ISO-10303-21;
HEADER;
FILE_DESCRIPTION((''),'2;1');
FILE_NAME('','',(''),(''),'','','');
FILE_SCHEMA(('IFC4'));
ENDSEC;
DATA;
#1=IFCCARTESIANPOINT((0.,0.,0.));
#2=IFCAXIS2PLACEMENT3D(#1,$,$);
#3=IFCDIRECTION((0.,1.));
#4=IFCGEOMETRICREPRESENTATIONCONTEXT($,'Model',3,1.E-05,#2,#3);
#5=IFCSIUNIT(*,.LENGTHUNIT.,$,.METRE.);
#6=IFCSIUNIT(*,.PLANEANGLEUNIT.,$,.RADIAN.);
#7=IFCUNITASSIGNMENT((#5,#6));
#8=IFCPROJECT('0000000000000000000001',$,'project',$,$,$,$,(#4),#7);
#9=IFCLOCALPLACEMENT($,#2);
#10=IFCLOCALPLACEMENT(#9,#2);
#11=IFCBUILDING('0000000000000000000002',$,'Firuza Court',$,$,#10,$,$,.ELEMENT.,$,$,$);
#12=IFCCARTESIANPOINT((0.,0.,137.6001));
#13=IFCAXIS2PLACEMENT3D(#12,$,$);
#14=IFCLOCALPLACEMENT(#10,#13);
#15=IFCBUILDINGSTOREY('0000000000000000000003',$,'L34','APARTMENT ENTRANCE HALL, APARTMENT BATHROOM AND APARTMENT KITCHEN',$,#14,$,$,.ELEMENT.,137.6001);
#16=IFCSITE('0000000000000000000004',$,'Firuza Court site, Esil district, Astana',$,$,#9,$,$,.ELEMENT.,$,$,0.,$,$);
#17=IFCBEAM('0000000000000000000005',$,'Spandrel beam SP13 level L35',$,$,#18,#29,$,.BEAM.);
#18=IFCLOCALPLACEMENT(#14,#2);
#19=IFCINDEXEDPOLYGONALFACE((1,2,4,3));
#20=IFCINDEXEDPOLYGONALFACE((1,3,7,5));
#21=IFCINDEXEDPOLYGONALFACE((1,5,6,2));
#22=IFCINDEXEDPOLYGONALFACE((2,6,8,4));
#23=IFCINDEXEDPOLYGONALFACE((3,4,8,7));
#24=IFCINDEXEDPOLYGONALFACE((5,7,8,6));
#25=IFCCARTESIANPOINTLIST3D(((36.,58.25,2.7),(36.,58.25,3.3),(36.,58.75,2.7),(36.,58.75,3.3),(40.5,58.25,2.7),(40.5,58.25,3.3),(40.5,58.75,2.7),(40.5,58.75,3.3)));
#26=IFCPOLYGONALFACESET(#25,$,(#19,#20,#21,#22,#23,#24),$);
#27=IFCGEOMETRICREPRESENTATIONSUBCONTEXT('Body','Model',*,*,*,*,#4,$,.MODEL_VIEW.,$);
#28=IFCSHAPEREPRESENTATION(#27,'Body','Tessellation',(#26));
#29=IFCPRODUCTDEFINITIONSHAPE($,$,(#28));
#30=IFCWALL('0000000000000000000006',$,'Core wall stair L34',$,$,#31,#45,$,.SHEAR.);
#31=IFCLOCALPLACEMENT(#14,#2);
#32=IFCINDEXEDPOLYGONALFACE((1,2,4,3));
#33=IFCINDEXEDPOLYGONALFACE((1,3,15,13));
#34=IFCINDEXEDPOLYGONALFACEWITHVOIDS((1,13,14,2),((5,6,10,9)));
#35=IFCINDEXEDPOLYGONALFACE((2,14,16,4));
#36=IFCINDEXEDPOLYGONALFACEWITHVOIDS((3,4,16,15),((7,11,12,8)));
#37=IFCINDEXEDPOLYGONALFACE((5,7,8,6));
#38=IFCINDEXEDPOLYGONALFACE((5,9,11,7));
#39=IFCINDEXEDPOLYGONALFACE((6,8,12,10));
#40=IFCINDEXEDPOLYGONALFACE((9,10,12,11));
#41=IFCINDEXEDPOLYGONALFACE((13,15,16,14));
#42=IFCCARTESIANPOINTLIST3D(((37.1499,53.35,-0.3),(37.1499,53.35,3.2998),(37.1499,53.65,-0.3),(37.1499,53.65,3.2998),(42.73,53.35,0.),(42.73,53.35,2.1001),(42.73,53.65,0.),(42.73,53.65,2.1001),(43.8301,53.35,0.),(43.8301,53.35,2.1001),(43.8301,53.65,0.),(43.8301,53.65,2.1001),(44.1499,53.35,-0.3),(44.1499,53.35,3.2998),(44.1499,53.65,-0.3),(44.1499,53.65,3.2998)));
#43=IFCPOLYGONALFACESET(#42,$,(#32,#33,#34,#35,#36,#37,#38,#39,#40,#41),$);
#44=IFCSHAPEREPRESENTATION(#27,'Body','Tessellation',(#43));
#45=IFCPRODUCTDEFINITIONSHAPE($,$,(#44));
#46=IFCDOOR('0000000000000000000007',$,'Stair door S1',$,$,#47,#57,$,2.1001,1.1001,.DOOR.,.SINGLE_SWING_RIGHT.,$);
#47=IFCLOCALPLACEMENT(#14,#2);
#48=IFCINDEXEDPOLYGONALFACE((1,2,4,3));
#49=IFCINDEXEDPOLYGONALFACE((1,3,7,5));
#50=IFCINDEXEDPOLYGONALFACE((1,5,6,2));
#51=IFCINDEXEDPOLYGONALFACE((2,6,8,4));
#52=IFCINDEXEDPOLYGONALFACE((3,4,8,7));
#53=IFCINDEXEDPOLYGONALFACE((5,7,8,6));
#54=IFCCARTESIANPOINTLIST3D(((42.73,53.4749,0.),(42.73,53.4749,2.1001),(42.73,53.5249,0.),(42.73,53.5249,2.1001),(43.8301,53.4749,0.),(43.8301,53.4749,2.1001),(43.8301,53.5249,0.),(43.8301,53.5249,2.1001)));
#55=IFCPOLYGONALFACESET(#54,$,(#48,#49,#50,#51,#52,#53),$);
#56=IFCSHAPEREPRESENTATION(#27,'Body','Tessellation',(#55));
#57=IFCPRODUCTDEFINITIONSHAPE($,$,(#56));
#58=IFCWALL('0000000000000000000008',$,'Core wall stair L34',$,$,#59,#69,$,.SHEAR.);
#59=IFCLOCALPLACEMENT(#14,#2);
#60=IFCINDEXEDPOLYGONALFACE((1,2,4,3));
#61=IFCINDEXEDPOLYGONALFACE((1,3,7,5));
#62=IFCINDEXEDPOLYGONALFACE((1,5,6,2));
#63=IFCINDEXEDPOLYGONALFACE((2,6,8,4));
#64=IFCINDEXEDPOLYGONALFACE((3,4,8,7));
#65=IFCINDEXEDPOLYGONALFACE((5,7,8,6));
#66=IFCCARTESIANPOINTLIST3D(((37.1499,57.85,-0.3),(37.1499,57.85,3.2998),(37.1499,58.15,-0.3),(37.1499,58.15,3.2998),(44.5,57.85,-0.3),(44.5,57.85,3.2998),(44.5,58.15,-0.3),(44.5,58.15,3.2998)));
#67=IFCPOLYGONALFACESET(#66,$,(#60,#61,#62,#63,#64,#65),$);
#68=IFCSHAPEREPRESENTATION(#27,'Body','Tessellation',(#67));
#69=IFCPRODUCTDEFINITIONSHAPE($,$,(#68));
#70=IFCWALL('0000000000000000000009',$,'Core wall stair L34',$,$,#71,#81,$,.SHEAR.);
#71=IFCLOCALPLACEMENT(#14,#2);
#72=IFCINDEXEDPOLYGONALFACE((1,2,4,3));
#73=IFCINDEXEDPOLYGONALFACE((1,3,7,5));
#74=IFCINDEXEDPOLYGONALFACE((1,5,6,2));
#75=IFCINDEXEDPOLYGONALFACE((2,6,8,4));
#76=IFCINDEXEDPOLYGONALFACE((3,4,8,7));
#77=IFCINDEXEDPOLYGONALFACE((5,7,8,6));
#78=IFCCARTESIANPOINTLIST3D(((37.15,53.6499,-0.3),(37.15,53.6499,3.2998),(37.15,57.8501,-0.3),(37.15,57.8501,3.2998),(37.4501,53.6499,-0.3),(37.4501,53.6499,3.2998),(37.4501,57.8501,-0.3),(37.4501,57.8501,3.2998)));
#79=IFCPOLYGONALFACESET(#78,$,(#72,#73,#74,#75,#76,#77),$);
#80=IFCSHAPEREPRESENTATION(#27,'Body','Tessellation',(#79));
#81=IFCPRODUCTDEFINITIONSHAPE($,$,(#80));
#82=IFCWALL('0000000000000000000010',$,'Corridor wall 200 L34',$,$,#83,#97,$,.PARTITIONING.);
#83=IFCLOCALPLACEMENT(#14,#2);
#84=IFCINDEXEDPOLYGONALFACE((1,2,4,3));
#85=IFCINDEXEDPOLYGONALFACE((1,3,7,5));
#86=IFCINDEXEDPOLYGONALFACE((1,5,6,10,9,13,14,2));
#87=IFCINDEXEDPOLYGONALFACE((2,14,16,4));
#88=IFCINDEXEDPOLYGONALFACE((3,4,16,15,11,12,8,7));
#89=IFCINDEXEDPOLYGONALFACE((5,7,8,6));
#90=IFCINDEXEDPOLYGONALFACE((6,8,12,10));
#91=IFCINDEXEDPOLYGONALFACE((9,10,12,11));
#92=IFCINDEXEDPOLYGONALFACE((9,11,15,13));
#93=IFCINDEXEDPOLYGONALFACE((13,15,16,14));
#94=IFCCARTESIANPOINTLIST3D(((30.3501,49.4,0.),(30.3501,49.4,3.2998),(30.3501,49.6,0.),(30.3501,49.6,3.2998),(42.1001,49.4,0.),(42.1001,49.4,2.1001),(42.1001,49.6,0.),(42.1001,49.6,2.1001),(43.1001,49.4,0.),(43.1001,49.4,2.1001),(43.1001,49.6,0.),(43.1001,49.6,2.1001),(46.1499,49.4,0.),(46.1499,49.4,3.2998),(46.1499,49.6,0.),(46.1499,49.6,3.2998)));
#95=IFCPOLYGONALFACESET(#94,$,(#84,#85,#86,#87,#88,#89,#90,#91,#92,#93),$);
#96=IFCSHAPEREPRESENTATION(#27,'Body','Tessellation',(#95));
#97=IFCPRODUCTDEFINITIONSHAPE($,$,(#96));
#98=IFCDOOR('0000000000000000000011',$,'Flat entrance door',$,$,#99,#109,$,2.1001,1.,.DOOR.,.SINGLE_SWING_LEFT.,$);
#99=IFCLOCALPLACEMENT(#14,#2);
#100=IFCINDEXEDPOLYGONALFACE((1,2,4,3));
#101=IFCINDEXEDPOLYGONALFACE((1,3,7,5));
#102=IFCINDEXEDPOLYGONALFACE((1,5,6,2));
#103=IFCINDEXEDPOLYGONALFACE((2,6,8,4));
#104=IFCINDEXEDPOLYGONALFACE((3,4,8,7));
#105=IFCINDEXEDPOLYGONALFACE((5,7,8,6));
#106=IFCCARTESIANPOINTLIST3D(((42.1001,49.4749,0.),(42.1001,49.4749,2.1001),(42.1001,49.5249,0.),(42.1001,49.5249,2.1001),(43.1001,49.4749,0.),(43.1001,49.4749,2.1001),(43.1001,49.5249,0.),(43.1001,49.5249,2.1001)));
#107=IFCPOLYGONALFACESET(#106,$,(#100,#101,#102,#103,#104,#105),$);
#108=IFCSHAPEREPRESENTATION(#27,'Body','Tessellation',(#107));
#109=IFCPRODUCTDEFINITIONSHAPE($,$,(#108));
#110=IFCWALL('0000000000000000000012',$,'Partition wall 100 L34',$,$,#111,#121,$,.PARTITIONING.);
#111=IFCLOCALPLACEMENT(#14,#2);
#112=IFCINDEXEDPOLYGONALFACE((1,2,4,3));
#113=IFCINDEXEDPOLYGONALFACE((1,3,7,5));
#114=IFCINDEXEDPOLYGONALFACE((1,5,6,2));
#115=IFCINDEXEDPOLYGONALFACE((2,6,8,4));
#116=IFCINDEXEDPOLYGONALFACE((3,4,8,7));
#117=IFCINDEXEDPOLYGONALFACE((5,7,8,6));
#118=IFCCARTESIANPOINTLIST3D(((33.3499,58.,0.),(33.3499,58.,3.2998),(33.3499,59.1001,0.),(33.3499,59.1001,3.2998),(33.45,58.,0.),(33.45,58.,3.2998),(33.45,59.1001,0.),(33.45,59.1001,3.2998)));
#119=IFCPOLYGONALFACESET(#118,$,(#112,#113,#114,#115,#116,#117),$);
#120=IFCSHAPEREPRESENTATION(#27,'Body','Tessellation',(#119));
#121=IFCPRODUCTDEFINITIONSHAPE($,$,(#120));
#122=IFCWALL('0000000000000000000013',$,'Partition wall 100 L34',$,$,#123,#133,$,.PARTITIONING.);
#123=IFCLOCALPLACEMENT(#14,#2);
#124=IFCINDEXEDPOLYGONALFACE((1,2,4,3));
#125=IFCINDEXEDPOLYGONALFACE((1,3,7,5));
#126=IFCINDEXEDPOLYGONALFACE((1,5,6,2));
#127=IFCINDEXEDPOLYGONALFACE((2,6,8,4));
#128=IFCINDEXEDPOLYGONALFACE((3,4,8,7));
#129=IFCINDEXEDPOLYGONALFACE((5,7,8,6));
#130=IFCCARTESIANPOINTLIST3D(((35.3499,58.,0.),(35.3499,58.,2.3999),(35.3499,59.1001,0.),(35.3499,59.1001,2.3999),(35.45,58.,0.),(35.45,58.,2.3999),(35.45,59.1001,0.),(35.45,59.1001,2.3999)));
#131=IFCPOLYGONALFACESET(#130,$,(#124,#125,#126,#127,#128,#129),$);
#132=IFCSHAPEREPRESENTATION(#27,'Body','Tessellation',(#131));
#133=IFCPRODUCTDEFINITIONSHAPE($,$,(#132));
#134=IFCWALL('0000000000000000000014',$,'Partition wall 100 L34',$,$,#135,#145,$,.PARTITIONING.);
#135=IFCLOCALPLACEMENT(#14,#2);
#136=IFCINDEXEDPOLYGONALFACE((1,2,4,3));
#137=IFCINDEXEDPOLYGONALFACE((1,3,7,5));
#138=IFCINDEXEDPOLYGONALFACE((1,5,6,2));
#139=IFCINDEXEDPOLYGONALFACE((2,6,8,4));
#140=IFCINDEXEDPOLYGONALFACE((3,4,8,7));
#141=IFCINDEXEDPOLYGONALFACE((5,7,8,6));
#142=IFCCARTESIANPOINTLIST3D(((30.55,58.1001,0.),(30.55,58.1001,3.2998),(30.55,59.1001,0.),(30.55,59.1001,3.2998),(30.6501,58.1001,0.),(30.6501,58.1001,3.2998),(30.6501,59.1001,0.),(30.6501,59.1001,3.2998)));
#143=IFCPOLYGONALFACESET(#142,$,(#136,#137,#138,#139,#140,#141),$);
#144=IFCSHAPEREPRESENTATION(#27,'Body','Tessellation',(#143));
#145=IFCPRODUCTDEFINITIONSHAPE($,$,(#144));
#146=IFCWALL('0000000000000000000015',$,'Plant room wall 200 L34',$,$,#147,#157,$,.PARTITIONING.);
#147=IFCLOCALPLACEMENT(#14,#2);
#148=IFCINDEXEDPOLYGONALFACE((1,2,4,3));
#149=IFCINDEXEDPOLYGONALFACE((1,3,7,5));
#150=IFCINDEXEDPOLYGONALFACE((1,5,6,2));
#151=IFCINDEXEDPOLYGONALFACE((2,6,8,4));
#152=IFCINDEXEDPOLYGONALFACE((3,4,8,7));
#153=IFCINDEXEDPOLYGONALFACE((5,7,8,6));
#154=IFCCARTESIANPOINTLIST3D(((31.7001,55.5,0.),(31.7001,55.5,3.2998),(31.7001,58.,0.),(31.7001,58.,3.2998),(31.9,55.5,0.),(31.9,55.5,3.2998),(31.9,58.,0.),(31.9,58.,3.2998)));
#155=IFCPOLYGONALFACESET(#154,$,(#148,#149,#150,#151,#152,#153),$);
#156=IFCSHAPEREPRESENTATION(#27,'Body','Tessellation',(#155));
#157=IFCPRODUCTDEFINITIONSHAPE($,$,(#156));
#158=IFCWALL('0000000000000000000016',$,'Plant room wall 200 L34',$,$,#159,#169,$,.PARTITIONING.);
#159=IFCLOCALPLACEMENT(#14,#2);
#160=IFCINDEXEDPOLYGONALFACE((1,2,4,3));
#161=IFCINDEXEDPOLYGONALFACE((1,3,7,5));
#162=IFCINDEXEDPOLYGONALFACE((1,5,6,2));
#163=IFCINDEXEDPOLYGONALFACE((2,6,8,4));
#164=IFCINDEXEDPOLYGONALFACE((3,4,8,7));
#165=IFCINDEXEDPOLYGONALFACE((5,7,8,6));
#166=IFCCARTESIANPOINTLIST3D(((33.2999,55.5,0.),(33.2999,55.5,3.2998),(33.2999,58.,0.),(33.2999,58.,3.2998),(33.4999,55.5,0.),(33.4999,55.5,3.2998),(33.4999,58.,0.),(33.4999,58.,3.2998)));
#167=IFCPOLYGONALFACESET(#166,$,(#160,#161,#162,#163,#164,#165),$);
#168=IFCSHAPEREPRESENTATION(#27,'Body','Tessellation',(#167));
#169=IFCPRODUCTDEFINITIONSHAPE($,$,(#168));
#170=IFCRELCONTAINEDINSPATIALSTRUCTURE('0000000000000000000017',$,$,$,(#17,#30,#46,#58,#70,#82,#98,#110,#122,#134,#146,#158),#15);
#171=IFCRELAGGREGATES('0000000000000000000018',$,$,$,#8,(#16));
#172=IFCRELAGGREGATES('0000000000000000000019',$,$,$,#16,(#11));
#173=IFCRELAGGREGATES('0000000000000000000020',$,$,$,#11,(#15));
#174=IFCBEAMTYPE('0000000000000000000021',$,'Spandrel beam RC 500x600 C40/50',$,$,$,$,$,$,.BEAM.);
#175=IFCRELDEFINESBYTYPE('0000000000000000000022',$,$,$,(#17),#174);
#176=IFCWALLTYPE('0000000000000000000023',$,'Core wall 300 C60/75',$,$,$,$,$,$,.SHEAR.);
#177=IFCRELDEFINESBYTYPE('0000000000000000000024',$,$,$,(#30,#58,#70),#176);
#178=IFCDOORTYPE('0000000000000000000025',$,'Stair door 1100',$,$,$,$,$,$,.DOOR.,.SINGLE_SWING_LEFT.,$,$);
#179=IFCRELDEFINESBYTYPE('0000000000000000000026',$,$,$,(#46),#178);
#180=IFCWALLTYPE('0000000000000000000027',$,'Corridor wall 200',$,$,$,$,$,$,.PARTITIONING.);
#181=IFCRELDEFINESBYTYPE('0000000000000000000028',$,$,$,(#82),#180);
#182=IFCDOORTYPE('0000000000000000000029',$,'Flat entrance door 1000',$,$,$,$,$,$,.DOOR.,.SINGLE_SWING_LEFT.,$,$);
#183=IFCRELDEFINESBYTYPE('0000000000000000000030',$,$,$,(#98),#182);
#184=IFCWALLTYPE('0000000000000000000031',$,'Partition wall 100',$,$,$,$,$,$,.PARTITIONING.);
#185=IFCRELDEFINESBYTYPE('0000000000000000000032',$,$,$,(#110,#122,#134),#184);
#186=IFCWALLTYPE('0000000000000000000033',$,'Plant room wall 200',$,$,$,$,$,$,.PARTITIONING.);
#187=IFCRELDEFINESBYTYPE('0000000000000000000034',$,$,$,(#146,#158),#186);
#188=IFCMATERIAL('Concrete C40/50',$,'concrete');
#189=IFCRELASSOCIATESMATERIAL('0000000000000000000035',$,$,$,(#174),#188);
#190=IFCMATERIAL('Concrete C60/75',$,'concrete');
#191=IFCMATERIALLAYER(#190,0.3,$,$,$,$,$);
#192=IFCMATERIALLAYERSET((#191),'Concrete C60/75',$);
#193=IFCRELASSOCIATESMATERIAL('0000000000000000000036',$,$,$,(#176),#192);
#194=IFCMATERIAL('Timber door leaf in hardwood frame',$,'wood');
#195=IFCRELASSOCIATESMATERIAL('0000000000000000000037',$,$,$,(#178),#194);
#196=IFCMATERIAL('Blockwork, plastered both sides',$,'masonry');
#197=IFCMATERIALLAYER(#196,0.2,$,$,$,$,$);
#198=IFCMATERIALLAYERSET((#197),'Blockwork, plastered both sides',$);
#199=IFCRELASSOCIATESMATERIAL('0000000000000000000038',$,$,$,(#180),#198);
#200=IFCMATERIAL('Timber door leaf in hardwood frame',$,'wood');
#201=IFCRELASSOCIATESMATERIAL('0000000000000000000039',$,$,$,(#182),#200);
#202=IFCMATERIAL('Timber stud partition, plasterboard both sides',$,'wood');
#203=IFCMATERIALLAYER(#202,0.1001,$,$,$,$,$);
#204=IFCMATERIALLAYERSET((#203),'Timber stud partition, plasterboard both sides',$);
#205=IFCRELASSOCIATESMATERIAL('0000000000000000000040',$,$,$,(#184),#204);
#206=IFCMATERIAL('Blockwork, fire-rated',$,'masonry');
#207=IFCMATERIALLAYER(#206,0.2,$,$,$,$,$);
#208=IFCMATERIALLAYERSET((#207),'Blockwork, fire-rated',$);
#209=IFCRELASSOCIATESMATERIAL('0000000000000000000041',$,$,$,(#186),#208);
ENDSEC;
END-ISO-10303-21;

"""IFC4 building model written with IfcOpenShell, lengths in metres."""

from ifc_helpers import new_model, si_unit, direction, frame, frame_2d, origin, origin_2d, place, context, subcontext, project, spatial, rectangle, extrude, material, layer, layer_set, material_profile, profile_set, type_object, element, fill, save


model = new_model("IFC4")

# Units and contexts
model_context = context("Model", 3, precision=1e-05, world=origin(), true_north=direction((0.0, 1.0)))
body_context = subcontext(model_context, "Body", "Model", "MODEL_VIEW")
ifc_project = project(units=[si_unit("LENGTHUNIT", "METRE"), si_unit("PLANEANGLEUNIT", "RADIAN")], contexts=[model_context])

# Site, building, storey
site_placement = place(None, origin())
site = spatial("IfcSite", under=ifc_project, at=site_placement, Name="Firuza Court site, Esil district, Astana", CompositionType="ELEMENT", RefElevation=0.0)
building_placement = place(site_placement, origin())
building = spatial("IfcBuilding", under=site, at=building_placement, Name="Firuza Court", CompositionType="ELEMENT")
storey_placement = place(building_placement, frame((0.0, 0.0, 137.6001)))
storey = spatial("IfcBuildingStorey", under=building, at=storey_placement, Name="L34", Description="APARTMENT ENTRANCE HALL, APARTMENT BATHROOM AND APARTMENT KITCHEN", CompositionType="ELEMENT", Elevation=137.6001)

# Beam
ifc_material_1 = material(Name="Concrete C40/50", Category="concrete")
ifc_material_profile_1 = material_profile(ifc_material_1, rectangle(XDim=0.5, YDim=0.6001, at=origin_2d()), Name="RC 500x600")
ifc_profile_set_1 = profile_set([ifc_material_profile_1], Name="Concrete C40/50")
beam_type = type_object("IfcBeamType", Name="Spandrel beam RC 500x600 C40/50", PredefinedType="BEAM", material=ifc_profile_set_1)
for number, where, z_axis, x_axis, name in (
    (1, (40.5, 58.5, 3.0), (-1.0, 0.0, 0.0), (0.0, -1.0, 0.0), "Spandrel beam SP13 level L35"),
):
    element("IfcBeam", number, at=place(storey_placement, frame(where, z_axis=z_axis, x_axis=x_axis)), inside=storey, type_object=beam_type, Name=name, PredefinedType="BEAM", context=body_context, shape_type="SweptSolid", body=[
        extrude(rectangle(XDim=0.5, YDim=0.6001, at=origin_2d()), origin(), (0.0, 0.0, 1.0), 4.5),
    ])

# Wall, opening, door
ifc_material_2 = material(Name="Concrete C60/75", Category="concrete")
ifc_layer_1 = layer(ifc_material_2, 0.3)
ifc_layer_set_1 = layer_set([ifc_layer_1], Name="Concrete C60/75")
wall_type_1 = type_object("IfcWallType", Name="Core wall 300 C60/75", PredefinedType="SHEAR", material=ifc_layer_set_1)
wall_1_placement = place(storey_placement, frame((37.1499, 53.5, -0.3), z_axis=(0.0, 0.0, 1.0), x_axis=(1.0, 0.0, 0.0)))
wall_1 = element("IfcWall", 2, at=wall_1_placement, inside=storey, type_object=wall_type_1, Name="Core wall stair L34", PredefinedType="SHEAR", context=body_context, shape_type="SweptSolid", body=[
    extrude(rectangle(XDim=7.0, YDim=0.3, at=frame_2d((3.5, 0.0))), origin(), (0.0, 0.0, 1.0), 3.5999),
])
opening_1_placement = place(wall_1_placement, frame((5.5801, 0.0, 0.3)))
opening_1 = element("IfcOpeningElement", 3, at=opening_1_placement, cuts=wall_1, PredefinedType="OPENING", context=body_context, shape_type="SweptSolid", body=[
    extrude(rectangle(XDim=1.1001, YDim=2.1001, at=frame_2d((0.55, 1.05))), frame((0.0, 0.1621, 0.0), z_axis=(0.0, -1.0, 0.0), x_axis=(1.0, 0.0, 0.0)), (0.0, 0.0, 1.0), 0.324),
])
ifc_material_3 = material(Name="Timber door leaf in hardwood frame", Category="wood")
door_type_1 = type_object("IfcDoorType", Name="Stair door 1100", OperationType="SINGLE_SWING_LEFT", PredefinedType="DOOR", material=ifc_material_3)
door_1_placement = place(opening_1_placement, origin())
door_1 = element("IfcDoor", 4, at=door_1_placement, inside=storey, type_object=door_type_1, Name="Stair door S1", OperationType="SINGLE_SWING_RIGHT", OverallHeight=2.1001, OverallWidth=1.1001, PredefinedType="DOOR", context=body_context, shape_type="SweptSolid", body=[
    extrude(rectangle(XDim=1.1001, YDim=2.1001, at=frame_2d((0.55, 1.05))), frame((0.0, 0.0249, 0.0), z_axis=(0.0, -1.0, 0.0), x_axis=(1.0, 0.0, 0.0)), (0.0, 0.0, 1.0), 0.05),
])
fill(opening_1, door_1)

# Walls
wall_2_placement = place(storey_placement, frame((37.1499, 58.0, -0.3), z_axis=(0.0, 0.0, 1.0), x_axis=(1.0, 0.0, 0.0)))
element("IfcWall", 5, at=wall_2_placement, inside=storey, type_object=wall_type_1, Name="Core wall stair L34", PredefinedType="SHEAR", context=body_context, shape_type="SweptSolid", body=[
    extrude(rectangle(XDim=7.3501, YDim=0.3, at=frame_2d((3.675, 0.0))), origin(), (0.0, 0.0, 1.0), 3.5999),
])
wall_3_placement = place(storey_placement, frame((37.3, 53.6499, -0.3), z_axis=(0.0, 0.0, 1.0), x_axis=(0.0, 1.0, 0.0)))
element("IfcWall", 6, at=wall_3_placement, inside=storey, type_object=wall_type_1, Name="Core wall stair L34", PredefinedType="SHEAR", context=body_context, shape_type="SweptSolid", body=[
    extrude(rectangle(XDim=4.2002, YDim=0.3, at=frame_2d((2.1001, 0.0))), origin(), (0.0, 0.0, 1.0), 3.5999),
])

# Wall, opening, door
ifc_material_4 = material(Name="Blockwork, plastered both sides", Category="masonry")
ifc_layer_2 = layer(ifc_material_4, 0.2)
ifc_layer_set_2 = layer_set([ifc_layer_2], Name="Blockwork, plastered both sides")
wall_type_2 = type_object("IfcWallType", Name="Corridor wall 200", PredefinedType="PARTITIONING", material=ifc_layer_set_2)
wall_4_placement = place(storey_placement, frame((30.3501, 49.5, 0.0), z_axis=(0.0, 0.0, 1.0), x_axis=(1.0, 0.0, 0.0)))
wall_4 = element("IfcWall", 7, at=wall_4_placement, inside=storey, type_object=wall_type_2, Name="Corridor wall 200 L34", PredefinedType="PARTITIONING", context=body_context, shape_type="SweptSolid", body=[
    extrude(rectangle(XDim=15.7998, YDim=0.2, at=frame_2d((7.8999, 0.0))), origin(), (0.0, 0.0, 1.0), 3.2998),
])
opening_2_placement = place(wall_4_placement, frame((11.75, 0.0, 0.0)))
opening_2 = element("IfcOpeningElement", 8, at=opening_2_placement, cuts=wall_4, PredefinedType="OPENING", context=body_context, shape_type="SweptSolid", body=[
    extrude(rectangle(XDim=1.0, YDim=2.1001, at=frame_2d((0.5, 1.05))), frame((0.0, 0.1118, 0.0), z_axis=(0.0, -1.0, 0.0), x_axis=(1.0, 0.0, 0.0)), (0.0, 0.0, 1.0), 0.2239),
])
ifc_material_5 = material(Name="Timber door leaf in hardwood frame", Category="wood")
door_type_2 = type_object("IfcDoorType", Name="Flat entrance door 1000", OperationType="SINGLE_SWING_LEFT", PredefinedType="DOOR", material=ifc_material_5)
door_2_placement = place(opening_2_placement, origin())
door_2 = element("IfcDoor", 9, at=door_2_placement, inside=storey, type_object=door_type_2, Name="Flat entrance door", OperationType="SINGLE_SWING_LEFT", OverallHeight=2.1001, OverallWidth=1.0, PredefinedType="DOOR", context=body_context, shape_type="SweptSolid", body=[
    extrude(rectangle(XDim=1.0, YDim=2.1001, at=frame_2d((0.5, 1.05))), frame((0.0, 0.0249, 0.0), z_axis=(0.0, -1.0, 0.0), x_axis=(1.0, 0.0, 0.0)), (0.0, 0.0, 1.0), 0.05),
])
fill(opening_2, door_2)

# Walls
ifc_material_6 = material(Name="Timber stud partition, plasterboard both sides", Category="wood")
ifc_layer_3 = layer(ifc_material_6, 0.1001)
ifc_layer_set_3 = layer_set([ifc_layer_3], Name="Timber stud partition, plasterboard both sides")
wall_type_3 = type_object("IfcWallType", Name="Partition wall 100", PredefinedType="PARTITIONING", material=ifc_layer_set_3)
wall_5_placement = place(storey_placement, frame((33.3999, 58.0, 0.0), z_axis=(0.0, 0.0, 1.0), x_axis=(0.0, 1.0, 0.0)))
element("IfcWall", 10, at=wall_5_placement, inside=storey, type_object=wall_type_3, Name="Partition wall 100 L34", PredefinedType="PARTITIONING", context=body_context, shape_type="SweptSolid", body=[
    extrude(rectangle(XDim=1.1001, YDim=0.1001, at=frame_2d((0.55, 0.0))), origin(), (0.0, 0.0, 1.0), 3.2998),
])
wall_6_placement = place(storey_placement, frame((35.3999, 58.0, 0.0), z_axis=(0.0, 0.0, 1.0), x_axis=(0.0, 1.0, 0.0)))
element("IfcWall", 11, at=wall_6_placement, inside=storey, type_object=wall_type_3, Name="Partition wall 100 L34", PredefinedType="PARTITIONING", context=body_context, shape_type="SweptSolid", body=[
    extrude(rectangle(XDim=1.1001, YDim=0.1001, at=frame_2d((0.55, 0.0))), origin(), (0.0, 0.0, 1.0), 2.3999),
])
wall_7_placement = place(storey_placement, frame((30.6001, 58.1001, 0.0), z_axis=(0.0, 0.0, 1.0), x_axis=(0.0, 1.0, 0.0)))
element("IfcWall", 12, at=wall_7_placement, inside=storey, type_object=wall_type_3, Name="Partition wall 100 L34", PredefinedType="PARTITIONING", context=body_context, shape_type="SweptSolid", body=[
    extrude(rectangle(XDim=1.0, YDim=0.1001, at=frame_2d((0.5, 0.0))), origin(), (0.0, 0.0, 1.0), 3.2998),
])
ifc_material_7 = material(Name="Blockwork, fire-rated", Category="masonry")
ifc_layer_4 = layer(ifc_material_7, 0.2)
ifc_layer_set_4 = layer_set([ifc_layer_4], Name="Blockwork, fire-rated")
wall_type_4 = type_object("IfcWallType", Name="Plant room wall 200", PredefinedType="PARTITIONING", material=ifc_layer_set_4)
for number, where, z_axis, x_axis, name in (
    (13, (31.8, 55.5, 0.0), (0.0, 0.0, 1.0), (0.0, 1.0, 0.0), "Plant room wall 200 L34"),
    (14, (33.3999, 55.5, 0.0), (0.0, 0.0, 1.0), (0.0, 1.0, 0.0), "Plant room wall 200 L34"),
):
    element("IfcWall", number, at=place(storey_placement, frame(where, z_axis=z_axis, x_axis=x_axis)), inside=storey, type_object=wall_type_4, Name=name, PredefinedType="PARTITIONING", context=body_context, shape_type="SweptSolid", body=[
        extrude(rectangle(XDim=2.5, YDim=0.2, at=frame_2d((1.25, 0.0))), origin(), (0.0, 0.0, 1.0), 3.2998),
    ])

save(model, "model.ifc")
